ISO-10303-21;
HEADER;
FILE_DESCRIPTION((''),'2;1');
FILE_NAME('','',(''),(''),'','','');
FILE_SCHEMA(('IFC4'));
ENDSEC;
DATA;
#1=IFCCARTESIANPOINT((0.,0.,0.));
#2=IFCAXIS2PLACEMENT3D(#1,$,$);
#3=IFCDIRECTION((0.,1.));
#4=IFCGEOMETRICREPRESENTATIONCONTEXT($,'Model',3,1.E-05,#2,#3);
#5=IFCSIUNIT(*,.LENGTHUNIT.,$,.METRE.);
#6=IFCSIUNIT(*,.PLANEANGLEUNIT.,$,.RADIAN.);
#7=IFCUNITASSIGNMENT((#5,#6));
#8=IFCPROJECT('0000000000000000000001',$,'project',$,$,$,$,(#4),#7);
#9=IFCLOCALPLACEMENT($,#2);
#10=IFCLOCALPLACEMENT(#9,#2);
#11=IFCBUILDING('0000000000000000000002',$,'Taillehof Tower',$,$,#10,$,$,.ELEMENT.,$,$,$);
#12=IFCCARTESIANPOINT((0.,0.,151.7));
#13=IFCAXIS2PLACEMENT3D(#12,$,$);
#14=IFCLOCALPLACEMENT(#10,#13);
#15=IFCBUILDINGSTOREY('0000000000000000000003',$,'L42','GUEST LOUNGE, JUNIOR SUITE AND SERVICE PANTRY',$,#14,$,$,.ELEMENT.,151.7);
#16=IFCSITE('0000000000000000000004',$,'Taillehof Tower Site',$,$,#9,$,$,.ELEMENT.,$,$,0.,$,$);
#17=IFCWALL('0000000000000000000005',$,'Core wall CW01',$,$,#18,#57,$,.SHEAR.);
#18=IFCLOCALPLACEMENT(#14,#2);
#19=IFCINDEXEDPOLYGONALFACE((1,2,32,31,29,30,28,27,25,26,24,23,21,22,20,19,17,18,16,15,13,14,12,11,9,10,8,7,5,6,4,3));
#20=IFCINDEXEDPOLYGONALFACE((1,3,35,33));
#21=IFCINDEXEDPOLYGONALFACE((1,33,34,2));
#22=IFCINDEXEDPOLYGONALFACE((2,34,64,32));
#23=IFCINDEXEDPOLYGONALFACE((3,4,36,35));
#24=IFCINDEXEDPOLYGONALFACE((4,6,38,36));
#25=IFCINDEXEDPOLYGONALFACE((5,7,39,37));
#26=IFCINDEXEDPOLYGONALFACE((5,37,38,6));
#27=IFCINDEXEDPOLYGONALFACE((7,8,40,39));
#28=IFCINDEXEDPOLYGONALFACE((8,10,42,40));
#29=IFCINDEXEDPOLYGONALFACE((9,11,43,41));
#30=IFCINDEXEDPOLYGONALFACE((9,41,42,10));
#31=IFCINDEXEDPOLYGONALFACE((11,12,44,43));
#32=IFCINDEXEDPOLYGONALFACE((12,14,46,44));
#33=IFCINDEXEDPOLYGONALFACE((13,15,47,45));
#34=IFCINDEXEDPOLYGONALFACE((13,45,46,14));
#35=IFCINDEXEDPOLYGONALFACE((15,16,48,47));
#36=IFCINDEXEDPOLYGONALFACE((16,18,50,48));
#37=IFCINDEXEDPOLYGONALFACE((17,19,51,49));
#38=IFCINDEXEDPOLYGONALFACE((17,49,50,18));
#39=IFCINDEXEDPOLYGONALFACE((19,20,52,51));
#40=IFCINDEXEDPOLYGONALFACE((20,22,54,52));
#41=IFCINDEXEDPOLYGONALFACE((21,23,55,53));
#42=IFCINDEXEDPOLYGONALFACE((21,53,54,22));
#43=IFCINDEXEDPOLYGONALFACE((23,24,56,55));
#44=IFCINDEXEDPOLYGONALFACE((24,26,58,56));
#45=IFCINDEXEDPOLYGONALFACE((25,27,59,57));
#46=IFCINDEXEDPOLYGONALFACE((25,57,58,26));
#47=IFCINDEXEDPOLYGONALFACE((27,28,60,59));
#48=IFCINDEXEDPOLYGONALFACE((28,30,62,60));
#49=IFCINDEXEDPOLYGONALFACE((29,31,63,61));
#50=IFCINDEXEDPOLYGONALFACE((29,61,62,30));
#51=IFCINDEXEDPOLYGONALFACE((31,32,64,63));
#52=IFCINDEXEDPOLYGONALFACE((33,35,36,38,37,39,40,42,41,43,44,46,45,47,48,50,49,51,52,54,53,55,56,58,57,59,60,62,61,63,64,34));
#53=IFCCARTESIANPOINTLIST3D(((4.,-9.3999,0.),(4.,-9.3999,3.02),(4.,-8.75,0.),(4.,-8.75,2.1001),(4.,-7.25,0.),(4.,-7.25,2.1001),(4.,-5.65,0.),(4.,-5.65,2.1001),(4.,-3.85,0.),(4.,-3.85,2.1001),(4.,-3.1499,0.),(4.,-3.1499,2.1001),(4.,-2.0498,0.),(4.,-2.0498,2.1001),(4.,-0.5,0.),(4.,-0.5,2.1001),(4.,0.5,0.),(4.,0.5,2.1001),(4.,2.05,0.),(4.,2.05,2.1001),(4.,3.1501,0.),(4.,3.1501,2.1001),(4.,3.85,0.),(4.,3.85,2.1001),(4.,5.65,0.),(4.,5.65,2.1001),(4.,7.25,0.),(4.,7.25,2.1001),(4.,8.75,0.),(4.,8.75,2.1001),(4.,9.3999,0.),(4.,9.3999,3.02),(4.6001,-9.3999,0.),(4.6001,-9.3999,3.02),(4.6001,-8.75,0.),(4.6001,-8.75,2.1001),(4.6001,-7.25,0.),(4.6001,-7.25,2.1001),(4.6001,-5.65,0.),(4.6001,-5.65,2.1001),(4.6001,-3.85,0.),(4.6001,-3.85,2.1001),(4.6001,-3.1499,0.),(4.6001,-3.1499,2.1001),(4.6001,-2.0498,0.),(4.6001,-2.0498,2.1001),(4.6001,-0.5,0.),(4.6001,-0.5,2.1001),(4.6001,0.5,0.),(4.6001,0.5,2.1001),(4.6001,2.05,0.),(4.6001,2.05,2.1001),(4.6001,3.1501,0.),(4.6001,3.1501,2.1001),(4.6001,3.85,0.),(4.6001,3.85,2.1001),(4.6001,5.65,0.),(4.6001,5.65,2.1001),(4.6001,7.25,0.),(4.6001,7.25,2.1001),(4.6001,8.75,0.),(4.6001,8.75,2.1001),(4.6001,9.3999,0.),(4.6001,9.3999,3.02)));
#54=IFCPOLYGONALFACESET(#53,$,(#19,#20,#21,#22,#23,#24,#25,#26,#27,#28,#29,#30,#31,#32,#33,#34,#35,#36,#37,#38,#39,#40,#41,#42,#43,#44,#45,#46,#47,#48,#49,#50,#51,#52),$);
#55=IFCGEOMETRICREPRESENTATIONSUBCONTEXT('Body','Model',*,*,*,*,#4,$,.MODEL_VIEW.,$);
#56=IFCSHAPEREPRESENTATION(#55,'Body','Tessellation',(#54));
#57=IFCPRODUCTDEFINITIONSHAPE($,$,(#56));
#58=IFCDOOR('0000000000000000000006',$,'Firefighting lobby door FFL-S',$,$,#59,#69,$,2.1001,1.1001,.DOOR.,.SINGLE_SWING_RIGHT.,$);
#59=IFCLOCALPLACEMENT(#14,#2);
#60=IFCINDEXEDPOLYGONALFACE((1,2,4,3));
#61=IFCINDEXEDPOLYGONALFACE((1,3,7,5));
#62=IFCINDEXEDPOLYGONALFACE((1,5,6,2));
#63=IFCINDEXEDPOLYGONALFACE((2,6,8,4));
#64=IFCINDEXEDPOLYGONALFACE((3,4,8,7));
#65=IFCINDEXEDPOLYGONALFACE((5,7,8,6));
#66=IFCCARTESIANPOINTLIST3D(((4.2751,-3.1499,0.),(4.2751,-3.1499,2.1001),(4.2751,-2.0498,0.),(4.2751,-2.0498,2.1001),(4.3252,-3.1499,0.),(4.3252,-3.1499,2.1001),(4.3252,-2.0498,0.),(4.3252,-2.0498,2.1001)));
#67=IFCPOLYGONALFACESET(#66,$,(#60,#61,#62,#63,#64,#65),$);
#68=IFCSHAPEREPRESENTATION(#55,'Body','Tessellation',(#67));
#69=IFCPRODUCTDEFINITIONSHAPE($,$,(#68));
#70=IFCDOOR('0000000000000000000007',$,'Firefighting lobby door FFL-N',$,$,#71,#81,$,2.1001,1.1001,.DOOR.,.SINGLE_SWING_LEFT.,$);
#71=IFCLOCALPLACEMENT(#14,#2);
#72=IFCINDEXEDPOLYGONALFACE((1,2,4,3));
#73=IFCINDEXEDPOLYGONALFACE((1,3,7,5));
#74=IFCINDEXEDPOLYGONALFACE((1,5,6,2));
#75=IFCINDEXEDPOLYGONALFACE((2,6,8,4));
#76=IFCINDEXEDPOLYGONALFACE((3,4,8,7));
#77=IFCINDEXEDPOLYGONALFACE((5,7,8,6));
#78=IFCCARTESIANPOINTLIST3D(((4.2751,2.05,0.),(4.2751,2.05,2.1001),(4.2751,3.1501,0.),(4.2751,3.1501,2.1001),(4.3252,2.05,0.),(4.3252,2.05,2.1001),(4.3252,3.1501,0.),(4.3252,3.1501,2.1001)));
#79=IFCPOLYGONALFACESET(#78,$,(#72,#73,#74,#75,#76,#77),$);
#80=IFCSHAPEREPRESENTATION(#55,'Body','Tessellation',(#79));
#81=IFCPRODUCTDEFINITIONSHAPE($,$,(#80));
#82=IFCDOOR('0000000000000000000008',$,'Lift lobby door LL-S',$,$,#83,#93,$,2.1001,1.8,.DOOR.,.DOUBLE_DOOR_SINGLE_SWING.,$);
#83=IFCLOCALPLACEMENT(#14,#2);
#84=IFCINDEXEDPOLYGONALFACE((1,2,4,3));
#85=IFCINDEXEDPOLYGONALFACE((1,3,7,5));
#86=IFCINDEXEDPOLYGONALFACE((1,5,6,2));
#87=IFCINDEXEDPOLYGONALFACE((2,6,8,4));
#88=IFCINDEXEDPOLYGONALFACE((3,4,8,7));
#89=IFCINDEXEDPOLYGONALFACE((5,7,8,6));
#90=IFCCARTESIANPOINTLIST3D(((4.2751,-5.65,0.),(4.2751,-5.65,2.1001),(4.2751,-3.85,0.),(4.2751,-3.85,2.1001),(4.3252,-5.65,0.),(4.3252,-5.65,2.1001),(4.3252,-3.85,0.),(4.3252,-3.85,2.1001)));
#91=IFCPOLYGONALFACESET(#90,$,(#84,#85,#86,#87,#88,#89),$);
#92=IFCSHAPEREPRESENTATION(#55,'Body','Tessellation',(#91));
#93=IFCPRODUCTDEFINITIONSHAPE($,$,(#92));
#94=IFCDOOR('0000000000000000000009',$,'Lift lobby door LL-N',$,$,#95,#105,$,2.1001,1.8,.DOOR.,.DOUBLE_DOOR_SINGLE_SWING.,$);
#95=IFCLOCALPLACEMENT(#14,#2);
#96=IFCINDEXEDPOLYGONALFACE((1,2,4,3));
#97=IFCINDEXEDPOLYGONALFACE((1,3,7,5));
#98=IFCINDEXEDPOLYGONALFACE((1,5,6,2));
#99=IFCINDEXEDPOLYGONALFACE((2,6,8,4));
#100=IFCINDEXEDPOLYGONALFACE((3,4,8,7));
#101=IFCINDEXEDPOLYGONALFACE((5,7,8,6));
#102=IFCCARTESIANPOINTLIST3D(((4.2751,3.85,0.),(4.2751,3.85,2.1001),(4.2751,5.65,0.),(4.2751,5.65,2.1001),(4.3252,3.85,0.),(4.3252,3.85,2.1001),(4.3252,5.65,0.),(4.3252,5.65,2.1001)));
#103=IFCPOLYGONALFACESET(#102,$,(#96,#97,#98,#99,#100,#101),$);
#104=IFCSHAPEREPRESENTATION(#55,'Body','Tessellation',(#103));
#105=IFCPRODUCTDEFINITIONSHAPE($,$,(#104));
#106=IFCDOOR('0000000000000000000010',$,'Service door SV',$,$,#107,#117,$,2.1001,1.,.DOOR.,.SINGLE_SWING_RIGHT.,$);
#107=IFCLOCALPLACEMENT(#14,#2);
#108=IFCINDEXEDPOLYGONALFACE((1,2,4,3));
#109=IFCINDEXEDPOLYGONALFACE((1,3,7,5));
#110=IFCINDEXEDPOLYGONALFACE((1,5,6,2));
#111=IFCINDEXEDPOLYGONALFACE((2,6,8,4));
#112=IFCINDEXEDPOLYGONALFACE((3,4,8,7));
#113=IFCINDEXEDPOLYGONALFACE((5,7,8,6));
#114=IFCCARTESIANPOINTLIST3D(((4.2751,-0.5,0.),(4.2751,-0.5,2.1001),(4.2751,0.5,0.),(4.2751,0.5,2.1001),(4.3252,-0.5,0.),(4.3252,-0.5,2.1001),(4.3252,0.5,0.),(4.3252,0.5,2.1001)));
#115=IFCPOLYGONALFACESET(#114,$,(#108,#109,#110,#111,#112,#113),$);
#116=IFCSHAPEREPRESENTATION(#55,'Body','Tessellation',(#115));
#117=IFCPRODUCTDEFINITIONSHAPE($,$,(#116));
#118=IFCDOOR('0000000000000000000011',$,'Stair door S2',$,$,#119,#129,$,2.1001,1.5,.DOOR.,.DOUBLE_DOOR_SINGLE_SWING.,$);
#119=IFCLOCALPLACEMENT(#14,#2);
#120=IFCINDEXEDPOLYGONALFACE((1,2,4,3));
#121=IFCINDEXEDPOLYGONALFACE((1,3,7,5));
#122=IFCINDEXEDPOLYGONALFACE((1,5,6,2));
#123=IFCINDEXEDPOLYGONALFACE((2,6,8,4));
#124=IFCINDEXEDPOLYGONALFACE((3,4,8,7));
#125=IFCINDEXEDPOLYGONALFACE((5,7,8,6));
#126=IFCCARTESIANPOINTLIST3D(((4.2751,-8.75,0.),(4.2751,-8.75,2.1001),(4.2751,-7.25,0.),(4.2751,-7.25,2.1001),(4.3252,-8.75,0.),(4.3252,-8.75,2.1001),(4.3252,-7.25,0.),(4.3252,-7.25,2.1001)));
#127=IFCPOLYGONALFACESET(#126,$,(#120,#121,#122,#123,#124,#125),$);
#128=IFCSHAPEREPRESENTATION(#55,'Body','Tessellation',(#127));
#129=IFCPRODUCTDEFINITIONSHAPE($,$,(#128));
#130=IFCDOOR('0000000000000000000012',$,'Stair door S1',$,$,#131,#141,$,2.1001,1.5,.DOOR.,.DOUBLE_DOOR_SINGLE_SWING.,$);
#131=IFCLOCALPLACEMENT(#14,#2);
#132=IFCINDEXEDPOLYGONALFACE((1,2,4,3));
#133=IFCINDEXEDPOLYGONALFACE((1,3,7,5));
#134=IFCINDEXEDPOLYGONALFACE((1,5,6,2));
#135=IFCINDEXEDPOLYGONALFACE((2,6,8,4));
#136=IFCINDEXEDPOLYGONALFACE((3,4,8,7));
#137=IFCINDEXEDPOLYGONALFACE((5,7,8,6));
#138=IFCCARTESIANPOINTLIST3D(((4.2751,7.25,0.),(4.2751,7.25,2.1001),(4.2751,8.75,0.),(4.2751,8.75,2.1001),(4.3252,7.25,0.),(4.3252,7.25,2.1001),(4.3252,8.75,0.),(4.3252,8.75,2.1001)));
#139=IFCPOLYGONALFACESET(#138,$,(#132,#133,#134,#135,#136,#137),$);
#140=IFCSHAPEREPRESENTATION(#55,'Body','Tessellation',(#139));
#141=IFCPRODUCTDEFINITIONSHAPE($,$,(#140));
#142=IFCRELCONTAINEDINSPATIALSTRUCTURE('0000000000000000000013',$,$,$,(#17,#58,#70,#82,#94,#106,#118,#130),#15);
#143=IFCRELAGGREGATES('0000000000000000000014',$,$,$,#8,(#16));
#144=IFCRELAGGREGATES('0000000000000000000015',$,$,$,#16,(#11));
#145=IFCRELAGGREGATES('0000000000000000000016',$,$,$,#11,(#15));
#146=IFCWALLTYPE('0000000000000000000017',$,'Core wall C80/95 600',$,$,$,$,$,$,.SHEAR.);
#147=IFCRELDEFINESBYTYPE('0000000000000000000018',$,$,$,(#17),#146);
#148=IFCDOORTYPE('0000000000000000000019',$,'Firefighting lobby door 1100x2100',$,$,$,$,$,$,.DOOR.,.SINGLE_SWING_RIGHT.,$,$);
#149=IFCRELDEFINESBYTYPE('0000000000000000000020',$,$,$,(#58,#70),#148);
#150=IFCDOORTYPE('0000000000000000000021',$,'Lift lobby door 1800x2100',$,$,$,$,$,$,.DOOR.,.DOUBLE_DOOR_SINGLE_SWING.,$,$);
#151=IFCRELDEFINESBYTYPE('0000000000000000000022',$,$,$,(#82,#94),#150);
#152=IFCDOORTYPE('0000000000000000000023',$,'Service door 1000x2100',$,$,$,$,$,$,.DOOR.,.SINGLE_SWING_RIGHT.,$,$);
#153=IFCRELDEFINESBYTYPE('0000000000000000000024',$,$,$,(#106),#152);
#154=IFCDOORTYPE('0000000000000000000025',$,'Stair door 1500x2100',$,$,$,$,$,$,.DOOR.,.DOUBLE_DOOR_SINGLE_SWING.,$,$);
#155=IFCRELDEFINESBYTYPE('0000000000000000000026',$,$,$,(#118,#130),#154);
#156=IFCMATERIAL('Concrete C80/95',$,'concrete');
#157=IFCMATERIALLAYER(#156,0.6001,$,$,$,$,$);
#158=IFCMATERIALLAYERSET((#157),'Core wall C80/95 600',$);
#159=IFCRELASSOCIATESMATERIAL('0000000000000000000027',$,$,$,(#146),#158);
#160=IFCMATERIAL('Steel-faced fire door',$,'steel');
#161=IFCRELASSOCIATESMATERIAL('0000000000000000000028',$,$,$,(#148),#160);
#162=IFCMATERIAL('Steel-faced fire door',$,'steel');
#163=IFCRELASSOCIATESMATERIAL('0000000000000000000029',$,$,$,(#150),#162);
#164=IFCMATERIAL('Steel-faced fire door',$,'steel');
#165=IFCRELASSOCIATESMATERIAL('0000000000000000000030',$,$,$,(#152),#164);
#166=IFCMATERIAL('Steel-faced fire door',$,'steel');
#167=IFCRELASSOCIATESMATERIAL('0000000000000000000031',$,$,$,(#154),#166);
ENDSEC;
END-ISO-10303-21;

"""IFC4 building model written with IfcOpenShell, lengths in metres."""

from ifc_helpers import new_model, si_unit, direction, frame, frame_2d, origin, place, context, subcontext, project, spatial, rectangle, extrude, material, layer, layer_set, type_object, element, fill, save


model = new_model("IFC4")

# Units and contexts
model_context = context("Model", 3, precision=1e-05, world=origin(), true_north=direction((0.0, 1.0)))
body_context = subcontext(model_context, "Body", "Model", "MODEL_VIEW")
ifc_project = project(units=[si_unit("LENGTHUNIT", "METRE"), si_unit("PLANEANGLEUNIT", "RADIAN")], contexts=[model_context])

# Site, building, storey
site_placement = place(None, origin())
site = spatial("IfcSite", under=ifc_project, at=site_placement, Name="Taillehof Tower Site", CompositionType="ELEMENT", RefElevation=0.0)
building_placement = place(site_placement, origin())
building = spatial("IfcBuilding", under=site, at=building_placement, Name="Taillehof Tower", CompositionType="ELEMENT")
storey_placement = place(building_placement, frame((0.0, 0.0, 151.7)))
storey = spatial("IfcBuildingStorey", under=building, at=storey_placement, Name="L42", Description="GUEST LOUNGE, JUNIOR SUITE AND SERVICE PANTRY", CompositionType="ELEMENT", Elevation=151.7)

# Wall, openings, doors
ifc_material_1 = material(Name="Concrete C80/95", Category="concrete")
ifc_layer_1 = layer(ifc_material_1, 0.6001)
ifc_layer_set_1 = layer_set([ifc_layer_1], Name="Core wall C80/95 600")
wall_type_1 = type_object("IfcWallType", Name="Core wall C80/95 600", PredefinedType="SHEAR", material=ifc_layer_set_1)
wall_1_placement = place(storey_placement, frame((4.3, -9.3999, 0.0), z_axis=(0.0, 0.0, 1.0), x_axis=(0.0, 1.0, 0.0)))
wall_1 = element("IfcWall", 1, at=wall_1_placement, inside=storey, type_object=wall_type_1, Name="Core wall CW01", PredefinedType="SHEAR", context=body_context, shape_type="SweptSolid", body=[
    extrude(rectangle(XDim=18.7998, YDim=0.6001, at=frame_2d((9.3999, 0.0))), origin(), (0.0, 0.0, 1.0), 3.02),
])
opening_1_placement = place(wall_1_placement, frame((0.6499, 0.0, 0.0)))
opening_1 = element("IfcOpeningElement", 2, at=opening_1_placement, cuts=wall_1, PredefinedType="OPENING", context=body_context, shape_type="SweptSolid", body=[
    extrude(rectangle(XDim=1.5, YDim=2.1001, at=frame_2d((0.75, 1.05))), frame((0.0, 0.3101, 0.0), z_axis=(0.0, -1.0, 0.0), x_axis=(1.0, 0.0, 0.0)), (0.0, 0.0, 1.0), 0.6201),
])
opening_2_placement = place(wall_1_placement, frame((3.75, 0.0, 0.0)))
opening_2 = element("IfcOpeningElement", 3, at=opening_2_placement, cuts=wall_1, PredefinedType="OPENING", context=body_context, shape_type="SweptSolid", body=[
    extrude(rectangle(XDim=1.8, YDim=2.1001, at=frame_2d((0.8999, 1.05))), frame((0.0, 0.3101, 0.0), z_axis=(0.0, -1.0, 0.0), x_axis=(1.0, 0.0, 0.0)), (0.0, 0.0, 1.0), 0.6201),
])
opening_3_placement = place(wall_1_placement, frame((6.25, 0.0, 0.0)))
opening_3 = element("IfcOpeningElement", 4, at=opening_3_placement, cuts=wall_1, PredefinedType="OPENING", context=body_context, shape_type="SweptSolid", body=[
    extrude(rectangle(XDim=1.1001, YDim=2.1001, at=frame_2d((0.55, 1.05))), frame((0.0, 0.3101, 0.0), z_axis=(0.0, -1.0, 0.0), x_axis=(1.0, 0.0, 0.0)), (0.0, 0.0, 1.0), 0.6201),
])
opening_4_placement = place(wall_1_placement, frame((8.8999, 0.0, 0.0)))
opening_4 = element("IfcOpeningElement", 5, at=opening_4_placement, cuts=wall_1, PredefinedType="OPENING", context=body_context, shape_type="SweptSolid", body=[
    extrude(rectangle(XDim=1.0, YDim=2.1001, at=frame_2d((0.5, 1.05))), frame((0.0, 0.3101, 0.0), z_axis=(0.0, -1.0, 0.0), x_axis=(1.0, 0.0, 0.0)), (0.0, 0.0, 1.0), 0.6201),
])
opening_5_placement = place(wall_1_placement, frame((11.45, 0.0, 0.0)))
opening_5 = element("IfcOpeningElement", 6, at=opening_5_placement, cuts=wall_1, PredefinedType="OPENING", context=body_context, shape_type="SweptSolid", body=[
    extrude(rectangle(XDim=1.1001, YDim=2.1001, at=frame_2d((0.55, 1.05))), frame((0.0, 0.3101, 0.0), z_axis=(0.0, -1.0, 0.0), x_axis=(1.0, 0.0, 0.0)), (0.0, 0.0, 1.0), 0.6201),
])
opening_6_placement = place(wall_1_placement, frame((13.25, 0.0, 0.0)))
opening_6 = element("IfcOpeningElement", 7, at=opening_6_placement, cuts=wall_1, PredefinedType="OPENING", context=body_context, shape_type="SweptSolid", body=[
    extrude(rectangle(XDim=1.8, YDim=2.1001, at=frame_2d((0.8999, 1.05))), frame((0.0, 0.3101, 0.0), z_axis=(0.0, -1.0, 0.0), x_axis=(1.0, 0.0, 0.0)), (0.0, 0.0, 1.0), 0.6201),
])
opening_7_placement = place(wall_1_placement, frame((16.6499, 0.0, 0.0)))
opening_7 = element("IfcOpeningElement", 8, at=opening_7_placement, cuts=wall_1, PredefinedType="OPENING", context=body_context, shape_type="SweptSolid", body=[
    extrude(rectangle(XDim=1.5, YDim=2.1001, at=frame_2d((0.75, 1.05))), frame((0.0, 0.3101, 0.0), z_axis=(0.0, -1.0, 0.0), x_axis=(1.0, 0.0, 0.0)), (0.0, 0.0, 1.0), 0.6201),
])
ifc_material_2 = material(Name="Steel-faced fire door", Category="steel")
door_type_1 = type_object("IfcDoorType", Name="Firefighting lobby door 1100x2100", OperationType="SINGLE_SWING_RIGHT", PredefinedType="DOOR", material=ifc_material_2)
door_1_placement = place(opening_3_placement, origin())
door_1 = element("IfcDoor", 9, at=door_1_placement, inside=storey, type_object=door_type_1, Name="Firefighting lobby door FFL-S", OperationType="SINGLE_SWING_RIGHT", OverallHeight=2.1001, OverallWidth=1.1001, PredefinedType="DOOR", context=body_context, shape_type="SweptSolid", body=[
    extrude(rectangle(XDim=1.1001, YDim=2.1001, at=frame_2d((0.55, 1.05))), frame((0.0, 0.0249, 0.0), z_axis=(0.0, -1.0, 0.0), x_axis=(1.0, 0.0, 0.0)), (0.0, 0.0, 1.0), 0.05),
])
fill(opening_3, door_1)
door_2_placement = place(opening_5_placement, origin())
door_2 = element("IfcDoor", 10, at=door_2_placement, inside=storey, type_object=door_type_1, Name="Firefighting lobby door FFL-N", OperationType="SINGLE_SWING_LEFT", OverallHeight=2.1001, OverallWidth=1.1001, PredefinedType="DOOR", context=body_context, shape_type="SweptSolid", body=[
    extrude(rectangle(XDim=1.1001, YDim=2.1001, at=frame_2d((0.55, 1.05))), frame((0.0, 0.0249, 0.0), z_axis=(0.0, -1.0, 0.0), x_axis=(1.0, 0.0, 0.0)), (0.0, 0.0, 1.0), 0.05),
])
fill(opening_5, door_2)
ifc_material_3 = material(Name="Steel-faced fire door", Category="steel")
door_type_2 = type_object("IfcDoorType", Name="Lift lobby door 1800x2100", OperationType="DOUBLE_DOOR_SINGLE_SWING", PredefinedType="DOOR", material=ifc_material_3)
door_3_placement = place(opening_2_placement, origin())
door_3 = element("IfcDoor", 11, at=door_3_placement, inside=storey, type_object=door_type_2, Name="Lift lobby door LL-S", OperationType="DOUBLE_DOOR_SINGLE_SWING", OverallHeight=2.1001, OverallWidth=1.8, PredefinedType="DOOR", context=body_context, shape_type="SweptSolid", body=[
    extrude(rectangle(XDim=1.8, YDim=2.1001, at=frame_2d((0.8999, 1.05))), frame((0.0, 0.0249, 0.0), z_axis=(0.0, -1.0, 0.0), x_axis=(1.0, 0.0, 0.0)), (0.0, 0.0, 1.0), 0.05),
])
fill(opening_2, door_3)
door_4_placement = place(opening_6_placement, origin())
door_4 = element("IfcDoor", 12, at=door_4_placement, inside=storey, type_object=door_type_2, Name="Lift lobby door LL-N", OperationType="DOUBLE_DOOR_SINGLE_SWING", OverallHeight=2.1001, OverallWidth=1.8, PredefinedType="DOOR", context=body_context, shape_type="SweptSolid", body=[
    extrude(rectangle(XDim=1.8, YDim=2.1001, at=frame_2d((0.8999, 1.05))), frame((0.0, 0.0249, 0.0), z_axis=(0.0, -1.0, 0.0), x_axis=(1.0, 0.0, 0.0)), (0.0, 0.0, 1.0), 0.05),
])
fill(opening_6, door_4)
ifc_material_4 = material(Name="Steel-faced fire door", Category="steel")
door_type_3 = type_object("IfcDoorType", Name="Service door 1000x2100", OperationType="SINGLE_SWING_RIGHT", PredefinedType="DOOR", material=ifc_material_4)
door_5_placement = place(opening_4_placement, origin())
door_5 = element("IfcDoor", 13, at=door_5_placement, inside=storey, type_object=door_type_3, Name="Service door SV", OperationType="SINGLE_SWING_RIGHT", OverallHeight=2.1001, OverallWidth=1.0, PredefinedType="DOOR", context=body_context, shape_type="SweptSolid", body=[
    extrude(rectangle(XDim=1.0, YDim=2.1001, at=frame_2d((0.5, 1.05))), frame((0.0, 0.0249, 0.0), z_axis=(0.0, -1.0, 0.0), x_axis=(1.0, 0.0, 0.0)), (0.0, 0.0, 1.0), 0.05),
])
fill(opening_4, door_5)
ifc_material_5 = material(Name="Steel-faced fire door", Category="steel")
door_type_4 = type_object("IfcDoorType", Name="Stair door 1500x2100", OperationType="DOUBLE_DOOR_SINGLE_SWING", PredefinedType="DOOR", material=ifc_material_5)
door_6_placement = place(opening_1_placement, origin())
door_6 = element("IfcDoor", 14, at=door_6_placement, inside=storey, type_object=door_type_4, Name="Stair door S2", OperationType="DOUBLE_DOOR_SINGLE_SWING", OverallHeight=2.1001, OverallWidth=1.5, PredefinedType="DOOR", context=body_context, shape_type="SweptSolid", body=[
    extrude(rectangle(XDim=1.5, YDim=2.1001, at=frame_2d((0.75, 1.05))), frame((0.0, 0.0249, 0.0), z_axis=(0.0, -1.0, 0.0), x_axis=(1.0, 0.0, 0.0)), (0.0, 0.0, 1.0), 0.05),
])
fill(opening_1, door_6)
door_7_placement = place(opening_7_placement, origin())
door_7 = element("IfcDoor", 15, at=door_7_placement, inside=storey, type_object=door_type_4, Name="Stair door S1", OperationType="DOUBLE_DOOR_SINGLE_SWING", OverallHeight=2.1001, OverallWidth=1.5, PredefinedType="DOOR", context=body_context, shape_type="SweptSolid", body=[
    extrude(rectangle(XDim=1.5, YDim=2.1001, at=frame_2d((0.75, 1.05))), frame((0.0, 0.0249, 0.0), z_axis=(0.0, -1.0, 0.0), x_axis=(1.0, 0.0, 0.0)), (0.0, 0.0, 1.0), 0.05),
])
fill(opening_7, door_7)

save(model, "model.ifc")
